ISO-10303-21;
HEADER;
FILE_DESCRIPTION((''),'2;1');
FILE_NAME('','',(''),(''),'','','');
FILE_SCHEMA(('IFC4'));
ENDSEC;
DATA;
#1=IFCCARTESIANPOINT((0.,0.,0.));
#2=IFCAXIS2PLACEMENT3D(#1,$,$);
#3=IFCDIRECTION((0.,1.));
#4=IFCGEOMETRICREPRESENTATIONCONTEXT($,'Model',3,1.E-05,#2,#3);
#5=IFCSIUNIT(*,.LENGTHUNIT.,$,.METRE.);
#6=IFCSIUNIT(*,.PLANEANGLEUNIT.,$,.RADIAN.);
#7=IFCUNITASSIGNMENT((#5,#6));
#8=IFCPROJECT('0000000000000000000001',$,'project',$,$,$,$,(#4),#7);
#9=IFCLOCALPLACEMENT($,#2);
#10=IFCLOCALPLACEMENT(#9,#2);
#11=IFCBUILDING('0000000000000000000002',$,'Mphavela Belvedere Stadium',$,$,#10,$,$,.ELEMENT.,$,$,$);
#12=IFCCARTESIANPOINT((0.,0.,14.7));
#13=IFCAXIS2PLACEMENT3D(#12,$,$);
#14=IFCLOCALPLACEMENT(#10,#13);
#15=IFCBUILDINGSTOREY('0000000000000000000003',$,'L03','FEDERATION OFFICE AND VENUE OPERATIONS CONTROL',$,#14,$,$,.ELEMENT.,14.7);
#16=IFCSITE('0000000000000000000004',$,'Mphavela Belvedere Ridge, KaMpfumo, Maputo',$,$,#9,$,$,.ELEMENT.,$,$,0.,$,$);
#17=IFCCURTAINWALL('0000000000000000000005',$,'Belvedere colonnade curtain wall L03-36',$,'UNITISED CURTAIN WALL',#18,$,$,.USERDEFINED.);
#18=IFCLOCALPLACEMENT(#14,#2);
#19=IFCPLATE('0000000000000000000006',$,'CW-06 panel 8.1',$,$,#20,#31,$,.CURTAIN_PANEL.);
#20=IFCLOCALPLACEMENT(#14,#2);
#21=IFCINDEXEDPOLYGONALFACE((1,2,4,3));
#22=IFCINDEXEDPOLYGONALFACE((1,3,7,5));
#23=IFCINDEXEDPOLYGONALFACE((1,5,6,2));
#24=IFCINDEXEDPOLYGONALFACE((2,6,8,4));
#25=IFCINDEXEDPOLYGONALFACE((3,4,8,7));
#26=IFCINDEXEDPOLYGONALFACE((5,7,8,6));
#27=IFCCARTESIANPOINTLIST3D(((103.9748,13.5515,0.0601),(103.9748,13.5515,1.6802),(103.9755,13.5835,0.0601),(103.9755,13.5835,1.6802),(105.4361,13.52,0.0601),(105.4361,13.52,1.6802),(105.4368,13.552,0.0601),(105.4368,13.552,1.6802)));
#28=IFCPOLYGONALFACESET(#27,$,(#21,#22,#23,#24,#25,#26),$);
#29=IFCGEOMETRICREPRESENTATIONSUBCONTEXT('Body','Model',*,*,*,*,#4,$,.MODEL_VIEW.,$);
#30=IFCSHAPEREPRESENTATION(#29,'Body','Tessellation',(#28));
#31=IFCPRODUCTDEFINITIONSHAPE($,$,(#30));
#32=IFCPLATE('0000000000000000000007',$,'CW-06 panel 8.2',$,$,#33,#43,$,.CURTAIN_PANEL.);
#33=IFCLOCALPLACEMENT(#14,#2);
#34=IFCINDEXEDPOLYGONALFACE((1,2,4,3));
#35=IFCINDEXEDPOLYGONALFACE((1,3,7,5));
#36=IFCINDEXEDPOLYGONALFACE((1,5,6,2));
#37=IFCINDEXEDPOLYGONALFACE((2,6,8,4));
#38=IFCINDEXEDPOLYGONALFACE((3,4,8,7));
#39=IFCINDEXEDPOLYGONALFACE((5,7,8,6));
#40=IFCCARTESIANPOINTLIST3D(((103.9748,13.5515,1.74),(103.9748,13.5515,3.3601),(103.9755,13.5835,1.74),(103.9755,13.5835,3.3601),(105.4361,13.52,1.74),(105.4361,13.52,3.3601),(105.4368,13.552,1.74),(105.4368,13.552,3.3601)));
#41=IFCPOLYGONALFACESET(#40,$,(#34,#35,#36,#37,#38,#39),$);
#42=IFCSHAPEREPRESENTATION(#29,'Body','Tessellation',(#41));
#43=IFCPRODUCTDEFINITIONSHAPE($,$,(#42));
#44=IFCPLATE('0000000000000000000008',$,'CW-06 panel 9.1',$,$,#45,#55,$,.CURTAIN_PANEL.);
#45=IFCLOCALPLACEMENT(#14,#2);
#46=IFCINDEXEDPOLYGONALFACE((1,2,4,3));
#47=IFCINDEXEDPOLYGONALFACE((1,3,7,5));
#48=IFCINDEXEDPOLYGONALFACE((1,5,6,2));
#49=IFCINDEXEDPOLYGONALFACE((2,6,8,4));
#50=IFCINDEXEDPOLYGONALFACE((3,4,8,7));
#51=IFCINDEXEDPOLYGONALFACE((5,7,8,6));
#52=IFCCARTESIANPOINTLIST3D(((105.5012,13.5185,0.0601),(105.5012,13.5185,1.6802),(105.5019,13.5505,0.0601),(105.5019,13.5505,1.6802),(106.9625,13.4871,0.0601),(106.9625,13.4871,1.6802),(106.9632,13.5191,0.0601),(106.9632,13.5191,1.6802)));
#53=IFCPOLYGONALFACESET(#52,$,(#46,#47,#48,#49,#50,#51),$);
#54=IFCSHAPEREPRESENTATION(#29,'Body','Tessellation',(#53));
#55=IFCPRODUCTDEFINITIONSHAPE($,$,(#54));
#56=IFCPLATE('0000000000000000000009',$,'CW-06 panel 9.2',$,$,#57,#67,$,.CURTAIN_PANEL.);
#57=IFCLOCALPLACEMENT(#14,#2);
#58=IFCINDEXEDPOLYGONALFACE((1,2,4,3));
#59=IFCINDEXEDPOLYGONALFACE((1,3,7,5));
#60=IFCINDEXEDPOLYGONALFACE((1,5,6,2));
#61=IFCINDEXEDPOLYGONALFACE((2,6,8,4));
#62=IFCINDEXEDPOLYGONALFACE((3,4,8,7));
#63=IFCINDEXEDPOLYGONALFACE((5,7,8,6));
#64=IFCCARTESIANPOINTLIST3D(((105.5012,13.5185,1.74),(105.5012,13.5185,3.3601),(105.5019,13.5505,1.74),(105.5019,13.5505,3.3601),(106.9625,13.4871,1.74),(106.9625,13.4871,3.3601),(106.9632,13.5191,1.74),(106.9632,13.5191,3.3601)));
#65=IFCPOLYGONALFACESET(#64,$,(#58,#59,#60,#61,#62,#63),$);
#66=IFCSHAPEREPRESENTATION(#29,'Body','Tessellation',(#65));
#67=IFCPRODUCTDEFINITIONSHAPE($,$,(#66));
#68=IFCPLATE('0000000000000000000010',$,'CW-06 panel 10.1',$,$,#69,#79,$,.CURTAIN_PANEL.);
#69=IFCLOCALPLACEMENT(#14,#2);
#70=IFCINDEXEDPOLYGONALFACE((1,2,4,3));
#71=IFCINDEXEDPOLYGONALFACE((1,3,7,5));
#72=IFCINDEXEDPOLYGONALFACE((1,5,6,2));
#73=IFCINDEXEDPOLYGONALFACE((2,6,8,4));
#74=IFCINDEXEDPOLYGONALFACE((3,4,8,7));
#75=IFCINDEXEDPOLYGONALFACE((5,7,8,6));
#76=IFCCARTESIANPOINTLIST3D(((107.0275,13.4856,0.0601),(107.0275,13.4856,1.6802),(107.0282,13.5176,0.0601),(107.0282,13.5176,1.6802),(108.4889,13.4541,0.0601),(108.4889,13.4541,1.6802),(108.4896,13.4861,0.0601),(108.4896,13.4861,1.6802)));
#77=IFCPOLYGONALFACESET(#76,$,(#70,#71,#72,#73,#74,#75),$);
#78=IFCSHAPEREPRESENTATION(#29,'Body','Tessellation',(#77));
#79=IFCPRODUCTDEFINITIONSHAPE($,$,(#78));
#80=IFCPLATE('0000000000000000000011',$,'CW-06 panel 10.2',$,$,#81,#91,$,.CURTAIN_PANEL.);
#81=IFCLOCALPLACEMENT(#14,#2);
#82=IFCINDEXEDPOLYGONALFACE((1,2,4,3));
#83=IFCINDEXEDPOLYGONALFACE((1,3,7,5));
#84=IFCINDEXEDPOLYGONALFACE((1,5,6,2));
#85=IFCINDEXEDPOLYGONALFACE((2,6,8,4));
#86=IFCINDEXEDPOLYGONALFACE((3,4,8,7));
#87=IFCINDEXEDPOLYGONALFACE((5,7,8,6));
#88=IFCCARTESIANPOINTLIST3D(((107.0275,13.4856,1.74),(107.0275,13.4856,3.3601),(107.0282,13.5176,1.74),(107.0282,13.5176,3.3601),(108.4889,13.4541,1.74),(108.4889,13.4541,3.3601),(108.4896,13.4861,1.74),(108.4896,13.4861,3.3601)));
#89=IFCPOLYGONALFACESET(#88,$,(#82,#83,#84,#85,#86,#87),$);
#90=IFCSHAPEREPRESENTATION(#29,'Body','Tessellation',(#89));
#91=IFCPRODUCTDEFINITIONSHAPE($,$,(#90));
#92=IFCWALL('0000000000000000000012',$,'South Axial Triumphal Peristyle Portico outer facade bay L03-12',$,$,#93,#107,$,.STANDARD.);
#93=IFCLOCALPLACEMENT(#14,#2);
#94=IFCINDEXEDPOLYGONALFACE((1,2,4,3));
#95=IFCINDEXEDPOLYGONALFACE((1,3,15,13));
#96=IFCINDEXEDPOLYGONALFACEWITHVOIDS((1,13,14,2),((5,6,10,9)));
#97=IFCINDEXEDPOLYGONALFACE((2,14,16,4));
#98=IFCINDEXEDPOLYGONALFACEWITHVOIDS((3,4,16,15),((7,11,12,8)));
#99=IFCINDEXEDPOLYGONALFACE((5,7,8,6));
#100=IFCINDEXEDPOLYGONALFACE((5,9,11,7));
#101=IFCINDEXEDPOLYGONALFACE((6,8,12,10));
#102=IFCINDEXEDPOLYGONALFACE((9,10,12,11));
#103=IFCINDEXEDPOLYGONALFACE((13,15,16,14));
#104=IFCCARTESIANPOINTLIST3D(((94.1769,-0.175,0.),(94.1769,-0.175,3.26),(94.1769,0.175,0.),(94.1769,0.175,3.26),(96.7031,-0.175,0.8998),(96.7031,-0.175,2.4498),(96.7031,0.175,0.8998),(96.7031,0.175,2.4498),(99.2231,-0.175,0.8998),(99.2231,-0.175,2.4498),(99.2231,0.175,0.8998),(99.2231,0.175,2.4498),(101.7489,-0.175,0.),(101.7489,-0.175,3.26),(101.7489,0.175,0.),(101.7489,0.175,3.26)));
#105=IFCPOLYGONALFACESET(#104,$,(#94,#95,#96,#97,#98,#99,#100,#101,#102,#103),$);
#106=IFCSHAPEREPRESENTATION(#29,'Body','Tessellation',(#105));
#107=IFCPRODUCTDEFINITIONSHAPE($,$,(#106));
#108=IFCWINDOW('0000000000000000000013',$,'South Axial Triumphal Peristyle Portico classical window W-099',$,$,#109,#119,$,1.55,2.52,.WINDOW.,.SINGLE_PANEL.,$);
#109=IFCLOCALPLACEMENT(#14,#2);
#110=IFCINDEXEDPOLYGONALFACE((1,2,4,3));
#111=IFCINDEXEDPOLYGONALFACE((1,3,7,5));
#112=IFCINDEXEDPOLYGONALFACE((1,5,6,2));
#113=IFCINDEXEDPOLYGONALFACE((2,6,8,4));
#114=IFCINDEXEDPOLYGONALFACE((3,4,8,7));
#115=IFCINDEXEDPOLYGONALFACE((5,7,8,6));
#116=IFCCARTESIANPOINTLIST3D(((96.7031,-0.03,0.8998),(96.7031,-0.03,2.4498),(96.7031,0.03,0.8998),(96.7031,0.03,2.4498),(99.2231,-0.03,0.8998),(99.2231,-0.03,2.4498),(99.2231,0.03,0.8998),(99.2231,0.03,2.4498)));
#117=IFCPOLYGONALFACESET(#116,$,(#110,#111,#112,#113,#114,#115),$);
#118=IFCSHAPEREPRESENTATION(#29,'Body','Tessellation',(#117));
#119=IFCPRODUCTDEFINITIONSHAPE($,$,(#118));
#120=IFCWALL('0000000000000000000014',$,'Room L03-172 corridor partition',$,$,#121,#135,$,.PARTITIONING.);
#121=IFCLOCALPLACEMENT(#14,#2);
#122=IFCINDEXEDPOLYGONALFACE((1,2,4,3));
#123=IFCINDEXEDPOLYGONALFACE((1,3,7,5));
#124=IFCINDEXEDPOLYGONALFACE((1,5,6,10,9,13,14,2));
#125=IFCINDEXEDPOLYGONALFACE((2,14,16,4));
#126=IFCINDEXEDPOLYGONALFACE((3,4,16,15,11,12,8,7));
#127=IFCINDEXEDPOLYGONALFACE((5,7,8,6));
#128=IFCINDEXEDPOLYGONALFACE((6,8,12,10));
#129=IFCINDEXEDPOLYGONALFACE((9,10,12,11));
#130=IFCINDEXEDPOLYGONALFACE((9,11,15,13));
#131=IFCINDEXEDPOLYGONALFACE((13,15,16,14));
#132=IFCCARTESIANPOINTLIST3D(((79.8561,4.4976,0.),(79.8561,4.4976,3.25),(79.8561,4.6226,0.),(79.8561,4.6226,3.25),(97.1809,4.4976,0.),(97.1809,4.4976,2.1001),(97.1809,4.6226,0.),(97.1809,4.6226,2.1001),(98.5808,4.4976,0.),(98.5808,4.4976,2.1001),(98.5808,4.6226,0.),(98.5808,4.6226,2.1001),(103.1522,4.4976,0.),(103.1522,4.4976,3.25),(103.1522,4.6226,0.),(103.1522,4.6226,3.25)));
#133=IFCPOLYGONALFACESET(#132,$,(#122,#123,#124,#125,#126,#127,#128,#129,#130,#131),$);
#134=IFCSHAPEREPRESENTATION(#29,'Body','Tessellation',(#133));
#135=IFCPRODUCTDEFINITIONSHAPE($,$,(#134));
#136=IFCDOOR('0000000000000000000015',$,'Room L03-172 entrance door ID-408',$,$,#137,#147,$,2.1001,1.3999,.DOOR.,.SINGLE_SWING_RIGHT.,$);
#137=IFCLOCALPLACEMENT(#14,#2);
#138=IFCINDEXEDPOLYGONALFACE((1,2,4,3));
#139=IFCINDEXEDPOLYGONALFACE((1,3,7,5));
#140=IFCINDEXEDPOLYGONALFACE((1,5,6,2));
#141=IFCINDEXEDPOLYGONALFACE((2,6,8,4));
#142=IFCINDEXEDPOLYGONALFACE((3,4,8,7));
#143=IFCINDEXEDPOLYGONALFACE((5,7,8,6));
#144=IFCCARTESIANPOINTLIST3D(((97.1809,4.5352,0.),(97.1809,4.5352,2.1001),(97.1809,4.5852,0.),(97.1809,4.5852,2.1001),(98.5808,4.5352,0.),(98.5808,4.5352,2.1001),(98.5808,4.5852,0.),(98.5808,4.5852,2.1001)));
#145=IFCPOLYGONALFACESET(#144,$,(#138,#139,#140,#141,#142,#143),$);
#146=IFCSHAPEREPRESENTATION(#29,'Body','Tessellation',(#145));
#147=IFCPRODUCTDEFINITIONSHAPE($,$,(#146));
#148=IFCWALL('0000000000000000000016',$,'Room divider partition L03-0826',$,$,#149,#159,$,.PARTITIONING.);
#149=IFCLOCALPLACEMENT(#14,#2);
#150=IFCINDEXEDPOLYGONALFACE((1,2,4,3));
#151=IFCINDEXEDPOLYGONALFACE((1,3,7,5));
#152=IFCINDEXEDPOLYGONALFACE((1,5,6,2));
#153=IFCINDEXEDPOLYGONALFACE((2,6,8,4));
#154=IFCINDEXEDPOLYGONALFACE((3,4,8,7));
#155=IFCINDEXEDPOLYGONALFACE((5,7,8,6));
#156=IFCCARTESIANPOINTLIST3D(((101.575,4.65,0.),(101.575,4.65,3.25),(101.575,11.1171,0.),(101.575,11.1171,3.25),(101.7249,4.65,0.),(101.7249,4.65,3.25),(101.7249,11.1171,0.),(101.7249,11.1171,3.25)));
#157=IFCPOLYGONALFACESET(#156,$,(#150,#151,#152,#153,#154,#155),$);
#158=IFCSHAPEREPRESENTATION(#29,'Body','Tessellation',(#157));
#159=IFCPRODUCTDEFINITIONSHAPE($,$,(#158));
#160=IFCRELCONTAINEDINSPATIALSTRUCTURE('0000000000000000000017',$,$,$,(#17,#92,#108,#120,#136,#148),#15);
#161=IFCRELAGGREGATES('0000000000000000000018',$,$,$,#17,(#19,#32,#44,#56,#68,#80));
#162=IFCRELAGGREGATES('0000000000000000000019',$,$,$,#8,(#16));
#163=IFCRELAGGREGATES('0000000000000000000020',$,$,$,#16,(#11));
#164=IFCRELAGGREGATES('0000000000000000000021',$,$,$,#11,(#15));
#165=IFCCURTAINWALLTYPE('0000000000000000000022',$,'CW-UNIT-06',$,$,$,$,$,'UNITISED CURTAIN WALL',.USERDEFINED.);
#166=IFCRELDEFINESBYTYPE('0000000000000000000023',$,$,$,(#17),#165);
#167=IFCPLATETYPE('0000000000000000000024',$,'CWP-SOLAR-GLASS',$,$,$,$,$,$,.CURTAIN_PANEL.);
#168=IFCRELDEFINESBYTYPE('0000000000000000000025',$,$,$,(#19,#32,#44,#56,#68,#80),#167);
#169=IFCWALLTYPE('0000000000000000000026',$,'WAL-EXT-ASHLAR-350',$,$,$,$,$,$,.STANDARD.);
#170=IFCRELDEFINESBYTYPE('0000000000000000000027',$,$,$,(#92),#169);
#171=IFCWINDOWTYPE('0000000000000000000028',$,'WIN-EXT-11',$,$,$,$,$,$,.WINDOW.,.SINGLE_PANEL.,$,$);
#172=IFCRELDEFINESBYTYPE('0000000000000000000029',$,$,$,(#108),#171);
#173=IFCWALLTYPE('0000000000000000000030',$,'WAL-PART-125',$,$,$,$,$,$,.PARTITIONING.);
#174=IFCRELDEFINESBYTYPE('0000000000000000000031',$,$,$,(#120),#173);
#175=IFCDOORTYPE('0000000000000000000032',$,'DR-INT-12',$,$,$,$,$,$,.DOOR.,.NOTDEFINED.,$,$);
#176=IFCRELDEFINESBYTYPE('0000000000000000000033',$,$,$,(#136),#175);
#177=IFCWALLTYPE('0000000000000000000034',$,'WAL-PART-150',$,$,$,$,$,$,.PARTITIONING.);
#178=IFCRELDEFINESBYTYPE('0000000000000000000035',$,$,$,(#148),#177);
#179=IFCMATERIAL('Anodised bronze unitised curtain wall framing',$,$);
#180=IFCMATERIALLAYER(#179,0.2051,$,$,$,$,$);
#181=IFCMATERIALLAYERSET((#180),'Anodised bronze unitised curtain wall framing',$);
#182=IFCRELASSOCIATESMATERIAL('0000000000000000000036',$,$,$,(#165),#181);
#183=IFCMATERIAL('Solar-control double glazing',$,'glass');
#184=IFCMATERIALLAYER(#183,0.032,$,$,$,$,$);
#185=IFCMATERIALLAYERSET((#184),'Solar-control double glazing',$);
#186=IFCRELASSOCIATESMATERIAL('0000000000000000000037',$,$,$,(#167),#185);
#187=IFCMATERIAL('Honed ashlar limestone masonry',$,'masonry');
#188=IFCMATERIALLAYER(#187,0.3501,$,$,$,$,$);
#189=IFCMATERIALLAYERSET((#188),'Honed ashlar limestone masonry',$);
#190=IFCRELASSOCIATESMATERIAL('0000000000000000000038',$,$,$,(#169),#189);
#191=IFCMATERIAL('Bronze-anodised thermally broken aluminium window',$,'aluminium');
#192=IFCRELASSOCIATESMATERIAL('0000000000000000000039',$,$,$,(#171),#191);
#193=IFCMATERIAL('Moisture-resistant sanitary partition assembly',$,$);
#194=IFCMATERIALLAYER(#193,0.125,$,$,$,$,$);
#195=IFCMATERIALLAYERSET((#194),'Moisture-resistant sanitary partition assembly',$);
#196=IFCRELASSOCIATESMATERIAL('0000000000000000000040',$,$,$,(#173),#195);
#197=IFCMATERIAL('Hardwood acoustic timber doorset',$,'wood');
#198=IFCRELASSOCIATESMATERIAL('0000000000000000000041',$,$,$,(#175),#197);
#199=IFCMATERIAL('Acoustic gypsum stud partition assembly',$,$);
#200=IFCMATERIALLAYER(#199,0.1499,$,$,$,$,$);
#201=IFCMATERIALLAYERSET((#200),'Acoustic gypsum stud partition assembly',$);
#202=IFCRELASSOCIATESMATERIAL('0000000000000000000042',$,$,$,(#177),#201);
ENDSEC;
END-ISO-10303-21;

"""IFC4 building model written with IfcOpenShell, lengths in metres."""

from ifc_helpers import new_model, si_unit, direction, frame, frame_2d, origin, origin_2d, place, context, subcontext, project, spatial, rectangle, extrude, material, layer, layer_set, type_object, element, fill, aggregate, save


model = new_model("IFC4")

# Units and contexts
model_context = context("Model", 3, precision=1e-05, world=origin(), true_north=direction((0.0, 1.0)))
body_context = subcontext(model_context, "Body", "Model", "MODEL_VIEW")
ifc_project = project(units=[si_unit("LENGTHUNIT", "METRE"), si_unit("PLANEANGLEUNIT", "RADIAN")], contexts=[model_context])

# Site, building, storey
site_placement = place(None, origin())
site = spatial("IfcSite", under=ifc_project, at=site_placement, Name="Mphavela Belvedere Ridge, KaMpfumo, Maputo", CompositionType="ELEMENT", RefElevation=0.0)
building_placement = place(site_placement, origin())
building = spatial("IfcBuilding", under=site, at=building_placement, Name="Mphavela Belvedere Stadium", CompositionType="ELEMENT")
storey_placement = place(building_placement, frame((0.0, 0.0, 14.7)))
storey = spatial("IfcBuildingStorey", under=building, at=storey_placement, Name="L03", Description="FEDERATION OFFICE AND VENUE OPERATIONS CONTROL", CompositionType="ELEMENT", Elevation=14.7)

# Curtain wall, plates
ifc_material_1 = material(Name="Anodised bronze unitised curtain wall framing")
ifc_layer_1 = layer(ifc_material_1, 0.2051)
ifc_layer_set_1 = layer_set([ifc_layer_1], Name="Anodised bronze unitised curtain wall framing")
curtain_wall_type = type_object("IfcCurtainWallType", Name="CW-UNIT-06", ElementType="UNITISED CURTAIN WALL", PredefinedType="USERDEFINED", material=ifc_layer_set_1)
curtain_wall_placement = place(storey_placement, origin())
curtain_wall = element("IfcCurtainWall", 1, at=curtain_wall_placement, inside=storey, type_object=curtain_wall_type, Name="Belvedere colonnade curtain wall L03-36", ObjectType="UNITISED CURTAIN WALL", PredefinedType="USERDEFINED")
ifc_material_2 = material(Name="Solar-control double glazing", Category="glass")
ifc_layer_2 = layer(ifc_material_2, 0.032)
ifc_layer_set_2 = layer_set([ifc_layer_2], Name="Solar-control double glazing")
plate_type = type_object("IfcPlateType", Name="CWP-SOLAR-GLASS", PredefinedType="CURTAIN_PANEL", material=ifc_layer_set_2)
plate_1_placement = place(storey_placement, frame((104.7058, 13.5518, 0.0601), z_axis=(0.0, 0.0, 1.0), x_axis=(0.999768, -0.021531, 0.0)))
plate_1 = element("IfcPlate", 2, at=plate_1_placement, type_object=plate_type, Name="CW-06 panel 8.1", PredefinedType="CURTAIN_PANEL", context=body_context, shape_type="SweptSolid", body=[
    extrude(rectangle(XDim=1.4617, YDim=0.032, at=origin_2d()), origin(), (0.0, 0.0, 1.0), 1.6201),
])
plate_2_placement = place(storey_placement, frame((104.7058, 13.5518, 1.74), z_axis=(0.0, 0.0, 1.0), x_axis=(0.999768, -0.021531, 0.0)))
plate_2 = element("IfcPlate", 3, at=plate_2_placement, type_object=plate_type, Name="CW-06 panel 8.2", PredefinedType="CURTAIN_PANEL", context=body_context, shape_type="SweptSolid", body=[
    extrude(rectangle(XDim=1.4617, YDim=0.032, at=origin_2d()), origin(), (0.0, 0.0, 1.0), 1.6201),
])
plate_3_placement = place(storey_placement, frame((106.2322, 13.5188, 0.0601), z_axis=(0.0, 0.0, 1.0), x_axis=(0.999768, -0.021531, 0.0)))
plate_3 = element("IfcPlate", 4, at=plate_3_placement, type_object=plate_type, Name="CW-06 panel 9.1", PredefinedType="CURTAIN_PANEL", context=body_context, shape_type="SweptSolid", body=[
    extrude(rectangle(XDim=1.4617, YDim=0.032, at=origin_2d()), origin(), (0.0, 0.0, 1.0), 1.6201),
])
plate_4_placement = place(storey_placement, frame((106.2322, 13.5188, 1.74), z_axis=(0.0, 0.0, 1.0), x_axis=(0.999768, -0.021531, 0.0)))
plate_4 = element("IfcPlate", 5, at=plate_4_placement, type_object=plate_type, Name="CW-06 panel 9.2", PredefinedType="CURTAIN_PANEL", context=body_context, shape_type="SweptSolid", body=[
    extrude(rectangle(XDim=1.4617, YDim=0.032, at=origin_2d()), origin(), (0.0, 0.0, 1.0), 1.6201),
])
plate_5_placement = place(storey_placement, frame((107.7585, 13.4858, 0.0601), z_axis=(0.0, 0.0, 1.0), x_axis=(0.999768, -0.021531, 0.0)))
plate_5 = element("IfcPlate", 6, at=plate_5_placement, type_object=plate_type, Name="CW-06 panel 10.1", PredefinedType="CURTAIN_PANEL", context=body_context, shape_type="SweptSolid", body=[
    extrude(rectangle(XDim=1.4617, YDim=0.032, at=origin_2d()), origin(), (0.0, 0.0, 1.0), 1.6201),
])
plate_6_placement = place(storey_placement, frame((107.7585, 13.4858, 1.74), z_axis=(0.0, 0.0, 1.0), x_axis=(0.999768, -0.021531, 0.0)))
plate_6 = element("IfcPlate", 7, at=plate_6_placement, type_object=plate_type, Name="CW-06 panel 10.2", PredefinedType="CURTAIN_PANEL", context=body_context, shape_type="SweptSolid", body=[
    extrude(rectangle(XDim=1.4617, YDim=0.032, at=origin_2d()), origin(), (0.0, 0.0, 1.0), 1.6201),
])
aggregate(curtain_wall, [plate_1, plate_2, plate_3, plate_4, plate_5, plate_6])

# Wall, opening, window
ifc_material_3 = material(Name="Honed ashlar limestone masonry", Category="masonry")
ifc_layer_3 = layer(ifc_material_3, 0.3501)
ifc_layer_set_3 = layer_set([ifc_layer_3], Name="Honed ashlar limestone masonry")
wall_type_1 = type_object("IfcWallType", Name="WAL-EXT-ASHLAR-350", PredefinedType="STANDARD", material=ifc_layer_set_3)
wall_1_placement = place(storey_placement, frame((101.749, 0.0, 0.0), z_axis=(0.0, 0.0, 1.0), x_axis=(-1.0, 0.0, 0.0)))
wall_1 = element("IfcWall", 8, at=wall_1_placement, inside=storey, type_object=wall_type_1, Name="South Axial Triumphal Peristyle Portico outer facade bay L03-12", PredefinedType="STANDARD", context=body_context, shape_type="SweptSolid", body=[
    extrude(rectangle(XDim=7.572, YDim=0.3501, at=frame_2d((3.7861, 0.0))), origin(), (0.0, 0.0, 1.0), 3.26),
])
opening_1_placement = place(wall_1_placement, frame((2.5259, 0.0, 0.8999)))
opening_1 = element("IfcOpeningElement", 9, at=opening_1_placement, cuts=wall_1, PredefinedType="OPENING", context=body_context, shape_type="SweptSolid", body=[
    extrude(rectangle(XDim=2.52, YDim=1.55, at=frame_2d((1.26, 0.7749))), frame((0.0, 0.1851, 0.0), z_axis=(0.0, -1.0, 0.0), x_axis=(1.0, 0.0, 0.0)), (0.0, 0.0, 1.0), 0.3701),
])
ifc_material_4 = material(Name="Bronze-anodised thermally broken aluminium window", Category="aluminium")
window_type = type_object("IfcWindowType", Name="WIN-EXT-11", PartitioningType="SINGLE_PANEL", PredefinedType="WINDOW", material=ifc_material_4)
window_placement = place(opening_1_placement, origin())
window = element("IfcWindow", 10, at=window_placement, inside=storey, type_object=window_type, Name="South Axial Triumphal Peristyle Portico classical window W-099", OverallHeight=1.55, OverallWidth=2.52, PartitioningType="SINGLE_PANEL", PredefinedType="WINDOW", context=body_context, shape_type="SweptSolid", body=[
    extrude(rectangle(XDim=2.52, YDim=1.55, at=frame_2d((1.26, 0.7749))), frame((0.0, 0.03, 0.0), z_axis=(0.0, -1.0, 0.0), x_axis=(1.0, 0.0, 0.0)), (0.0, 0.0, 1.0), 0.0601),
])
fill(opening_1, window)

# Wall, opening, door
ifc_material_5 = material(Name="Moisture-resistant sanitary partition assembly")
ifc_layer_4 = layer(ifc_material_5, 0.125)
ifc_layer_set_4 = layer_set([ifc_layer_4], Name="Moisture-resistant sanitary partition assembly")
wall_type_2 = type_object("IfcWallType", Name="WAL-PART-125", PredefinedType="PARTITIONING", material=ifc_layer_set_4)
wall_2_placement = place(storey_placement, frame((103.1521, 4.5601, 0.0), z_axis=(0.0, 0.0, 1.0), x_axis=(-1.0, 0.0, 0.0)))
wall_2 = element("IfcWall", 11, at=wall_2_placement, inside=storey, type_object=wall_type_2, Name="Room L03-172 corridor partition", PredefinedType="PARTITIONING", context=body_context, shape_type="SweptSolid", body=[
    extrude(rectangle(XDim=23.2961, YDim=0.125, at=frame_2d((11.6479, 0.0))), origin(), (0.0, 0.0, 1.0), 3.25),
])
opening_2_placement = place(wall_2_placement, frame((4.5713, 0.0, 0.0)))
opening_2 = element("IfcOpeningElement", 12, at=opening_2_placement, cuts=wall_2, PredefinedType="OPENING", context=body_context, shape_type="SweptSolid", body=[
    extrude(rectangle(XDim=1.3999, YDim=2.1001, at=frame_2d((0.7, 1.05))), frame((0.0, 0.0725, 0.0), z_axis=(0.0, -1.0, 0.0), x_axis=(1.0, 0.0, 0.0)), (0.0, 0.0, 1.0), 0.145),
])
ifc_material_6 = material(Name="Hardwood acoustic timber doorset", Category="wood")
door_type = type_object("IfcDoorType", Name="DR-INT-12", OperationType="NOTDEFINED", PredefinedType="DOOR", material=ifc_material_6)
door_placement = place(opening_2_placement, origin())
door = element("IfcDoor", 13, at=door_placement, inside=storey, type_object=door_type, Name="Room L03-172 entrance door ID-408", OperationType="SINGLE_SWING_RIGHT", OverallHeight=2.1001, OverallWidth=1.3999, PredefinedType="DOOR", context=body_context, shape_type="SweptSolid", body=[
    extrude(rectangle(XDim=1.3999, YDim=2.1001, at=frame_2d((0.7, 1.05))), frame((0.0, 0.0249, 0.0), z_axis=(0.0, -1.0, 0.0), x_axis=(1.0, 0.0, 0.0)), (0.0, 0.0, 1.0), 0.05),
])
fill(opening_2, door)

# Wall
ifc_material_7 = material(Name="Acoustic gypsum stud partition assembly")
ifc_layer_5 = layer(ifc_material_7, 0.1499)
ifc_layer_set_5 = layer_set([ifc_layer_5], Name="Acoustic gypsum stud partition assembly")
wall_type_3 = type_object("IfcWallType", Name="WAL-PART-150", PredefinedType="PARTITIONING", material=ifc_layer_set_5)
wall_3_placement = place(storey_placement, frame((101.6499, 11.1169, 0.0), z_axis=(0.0, 0.0, 1.0), x_axis=(0.0, -1.0, 0.0)))
element("IfcWall", 14, at=wall_3_placement, inside=storey, type_object=wall_type_3, Name="Room divider partition L03-0826", PredefinedType="PARTITIONING", context=body_context, shape_type="SweptSolid", body=[
    extrude(rectangle(XDim=6.467, YDim=0.1499, at=frame_2d((3.2334, 0.0))), origin(), (0.0, 0.0, 1.0), 3.25),
])

save(model, "model.ifc")
